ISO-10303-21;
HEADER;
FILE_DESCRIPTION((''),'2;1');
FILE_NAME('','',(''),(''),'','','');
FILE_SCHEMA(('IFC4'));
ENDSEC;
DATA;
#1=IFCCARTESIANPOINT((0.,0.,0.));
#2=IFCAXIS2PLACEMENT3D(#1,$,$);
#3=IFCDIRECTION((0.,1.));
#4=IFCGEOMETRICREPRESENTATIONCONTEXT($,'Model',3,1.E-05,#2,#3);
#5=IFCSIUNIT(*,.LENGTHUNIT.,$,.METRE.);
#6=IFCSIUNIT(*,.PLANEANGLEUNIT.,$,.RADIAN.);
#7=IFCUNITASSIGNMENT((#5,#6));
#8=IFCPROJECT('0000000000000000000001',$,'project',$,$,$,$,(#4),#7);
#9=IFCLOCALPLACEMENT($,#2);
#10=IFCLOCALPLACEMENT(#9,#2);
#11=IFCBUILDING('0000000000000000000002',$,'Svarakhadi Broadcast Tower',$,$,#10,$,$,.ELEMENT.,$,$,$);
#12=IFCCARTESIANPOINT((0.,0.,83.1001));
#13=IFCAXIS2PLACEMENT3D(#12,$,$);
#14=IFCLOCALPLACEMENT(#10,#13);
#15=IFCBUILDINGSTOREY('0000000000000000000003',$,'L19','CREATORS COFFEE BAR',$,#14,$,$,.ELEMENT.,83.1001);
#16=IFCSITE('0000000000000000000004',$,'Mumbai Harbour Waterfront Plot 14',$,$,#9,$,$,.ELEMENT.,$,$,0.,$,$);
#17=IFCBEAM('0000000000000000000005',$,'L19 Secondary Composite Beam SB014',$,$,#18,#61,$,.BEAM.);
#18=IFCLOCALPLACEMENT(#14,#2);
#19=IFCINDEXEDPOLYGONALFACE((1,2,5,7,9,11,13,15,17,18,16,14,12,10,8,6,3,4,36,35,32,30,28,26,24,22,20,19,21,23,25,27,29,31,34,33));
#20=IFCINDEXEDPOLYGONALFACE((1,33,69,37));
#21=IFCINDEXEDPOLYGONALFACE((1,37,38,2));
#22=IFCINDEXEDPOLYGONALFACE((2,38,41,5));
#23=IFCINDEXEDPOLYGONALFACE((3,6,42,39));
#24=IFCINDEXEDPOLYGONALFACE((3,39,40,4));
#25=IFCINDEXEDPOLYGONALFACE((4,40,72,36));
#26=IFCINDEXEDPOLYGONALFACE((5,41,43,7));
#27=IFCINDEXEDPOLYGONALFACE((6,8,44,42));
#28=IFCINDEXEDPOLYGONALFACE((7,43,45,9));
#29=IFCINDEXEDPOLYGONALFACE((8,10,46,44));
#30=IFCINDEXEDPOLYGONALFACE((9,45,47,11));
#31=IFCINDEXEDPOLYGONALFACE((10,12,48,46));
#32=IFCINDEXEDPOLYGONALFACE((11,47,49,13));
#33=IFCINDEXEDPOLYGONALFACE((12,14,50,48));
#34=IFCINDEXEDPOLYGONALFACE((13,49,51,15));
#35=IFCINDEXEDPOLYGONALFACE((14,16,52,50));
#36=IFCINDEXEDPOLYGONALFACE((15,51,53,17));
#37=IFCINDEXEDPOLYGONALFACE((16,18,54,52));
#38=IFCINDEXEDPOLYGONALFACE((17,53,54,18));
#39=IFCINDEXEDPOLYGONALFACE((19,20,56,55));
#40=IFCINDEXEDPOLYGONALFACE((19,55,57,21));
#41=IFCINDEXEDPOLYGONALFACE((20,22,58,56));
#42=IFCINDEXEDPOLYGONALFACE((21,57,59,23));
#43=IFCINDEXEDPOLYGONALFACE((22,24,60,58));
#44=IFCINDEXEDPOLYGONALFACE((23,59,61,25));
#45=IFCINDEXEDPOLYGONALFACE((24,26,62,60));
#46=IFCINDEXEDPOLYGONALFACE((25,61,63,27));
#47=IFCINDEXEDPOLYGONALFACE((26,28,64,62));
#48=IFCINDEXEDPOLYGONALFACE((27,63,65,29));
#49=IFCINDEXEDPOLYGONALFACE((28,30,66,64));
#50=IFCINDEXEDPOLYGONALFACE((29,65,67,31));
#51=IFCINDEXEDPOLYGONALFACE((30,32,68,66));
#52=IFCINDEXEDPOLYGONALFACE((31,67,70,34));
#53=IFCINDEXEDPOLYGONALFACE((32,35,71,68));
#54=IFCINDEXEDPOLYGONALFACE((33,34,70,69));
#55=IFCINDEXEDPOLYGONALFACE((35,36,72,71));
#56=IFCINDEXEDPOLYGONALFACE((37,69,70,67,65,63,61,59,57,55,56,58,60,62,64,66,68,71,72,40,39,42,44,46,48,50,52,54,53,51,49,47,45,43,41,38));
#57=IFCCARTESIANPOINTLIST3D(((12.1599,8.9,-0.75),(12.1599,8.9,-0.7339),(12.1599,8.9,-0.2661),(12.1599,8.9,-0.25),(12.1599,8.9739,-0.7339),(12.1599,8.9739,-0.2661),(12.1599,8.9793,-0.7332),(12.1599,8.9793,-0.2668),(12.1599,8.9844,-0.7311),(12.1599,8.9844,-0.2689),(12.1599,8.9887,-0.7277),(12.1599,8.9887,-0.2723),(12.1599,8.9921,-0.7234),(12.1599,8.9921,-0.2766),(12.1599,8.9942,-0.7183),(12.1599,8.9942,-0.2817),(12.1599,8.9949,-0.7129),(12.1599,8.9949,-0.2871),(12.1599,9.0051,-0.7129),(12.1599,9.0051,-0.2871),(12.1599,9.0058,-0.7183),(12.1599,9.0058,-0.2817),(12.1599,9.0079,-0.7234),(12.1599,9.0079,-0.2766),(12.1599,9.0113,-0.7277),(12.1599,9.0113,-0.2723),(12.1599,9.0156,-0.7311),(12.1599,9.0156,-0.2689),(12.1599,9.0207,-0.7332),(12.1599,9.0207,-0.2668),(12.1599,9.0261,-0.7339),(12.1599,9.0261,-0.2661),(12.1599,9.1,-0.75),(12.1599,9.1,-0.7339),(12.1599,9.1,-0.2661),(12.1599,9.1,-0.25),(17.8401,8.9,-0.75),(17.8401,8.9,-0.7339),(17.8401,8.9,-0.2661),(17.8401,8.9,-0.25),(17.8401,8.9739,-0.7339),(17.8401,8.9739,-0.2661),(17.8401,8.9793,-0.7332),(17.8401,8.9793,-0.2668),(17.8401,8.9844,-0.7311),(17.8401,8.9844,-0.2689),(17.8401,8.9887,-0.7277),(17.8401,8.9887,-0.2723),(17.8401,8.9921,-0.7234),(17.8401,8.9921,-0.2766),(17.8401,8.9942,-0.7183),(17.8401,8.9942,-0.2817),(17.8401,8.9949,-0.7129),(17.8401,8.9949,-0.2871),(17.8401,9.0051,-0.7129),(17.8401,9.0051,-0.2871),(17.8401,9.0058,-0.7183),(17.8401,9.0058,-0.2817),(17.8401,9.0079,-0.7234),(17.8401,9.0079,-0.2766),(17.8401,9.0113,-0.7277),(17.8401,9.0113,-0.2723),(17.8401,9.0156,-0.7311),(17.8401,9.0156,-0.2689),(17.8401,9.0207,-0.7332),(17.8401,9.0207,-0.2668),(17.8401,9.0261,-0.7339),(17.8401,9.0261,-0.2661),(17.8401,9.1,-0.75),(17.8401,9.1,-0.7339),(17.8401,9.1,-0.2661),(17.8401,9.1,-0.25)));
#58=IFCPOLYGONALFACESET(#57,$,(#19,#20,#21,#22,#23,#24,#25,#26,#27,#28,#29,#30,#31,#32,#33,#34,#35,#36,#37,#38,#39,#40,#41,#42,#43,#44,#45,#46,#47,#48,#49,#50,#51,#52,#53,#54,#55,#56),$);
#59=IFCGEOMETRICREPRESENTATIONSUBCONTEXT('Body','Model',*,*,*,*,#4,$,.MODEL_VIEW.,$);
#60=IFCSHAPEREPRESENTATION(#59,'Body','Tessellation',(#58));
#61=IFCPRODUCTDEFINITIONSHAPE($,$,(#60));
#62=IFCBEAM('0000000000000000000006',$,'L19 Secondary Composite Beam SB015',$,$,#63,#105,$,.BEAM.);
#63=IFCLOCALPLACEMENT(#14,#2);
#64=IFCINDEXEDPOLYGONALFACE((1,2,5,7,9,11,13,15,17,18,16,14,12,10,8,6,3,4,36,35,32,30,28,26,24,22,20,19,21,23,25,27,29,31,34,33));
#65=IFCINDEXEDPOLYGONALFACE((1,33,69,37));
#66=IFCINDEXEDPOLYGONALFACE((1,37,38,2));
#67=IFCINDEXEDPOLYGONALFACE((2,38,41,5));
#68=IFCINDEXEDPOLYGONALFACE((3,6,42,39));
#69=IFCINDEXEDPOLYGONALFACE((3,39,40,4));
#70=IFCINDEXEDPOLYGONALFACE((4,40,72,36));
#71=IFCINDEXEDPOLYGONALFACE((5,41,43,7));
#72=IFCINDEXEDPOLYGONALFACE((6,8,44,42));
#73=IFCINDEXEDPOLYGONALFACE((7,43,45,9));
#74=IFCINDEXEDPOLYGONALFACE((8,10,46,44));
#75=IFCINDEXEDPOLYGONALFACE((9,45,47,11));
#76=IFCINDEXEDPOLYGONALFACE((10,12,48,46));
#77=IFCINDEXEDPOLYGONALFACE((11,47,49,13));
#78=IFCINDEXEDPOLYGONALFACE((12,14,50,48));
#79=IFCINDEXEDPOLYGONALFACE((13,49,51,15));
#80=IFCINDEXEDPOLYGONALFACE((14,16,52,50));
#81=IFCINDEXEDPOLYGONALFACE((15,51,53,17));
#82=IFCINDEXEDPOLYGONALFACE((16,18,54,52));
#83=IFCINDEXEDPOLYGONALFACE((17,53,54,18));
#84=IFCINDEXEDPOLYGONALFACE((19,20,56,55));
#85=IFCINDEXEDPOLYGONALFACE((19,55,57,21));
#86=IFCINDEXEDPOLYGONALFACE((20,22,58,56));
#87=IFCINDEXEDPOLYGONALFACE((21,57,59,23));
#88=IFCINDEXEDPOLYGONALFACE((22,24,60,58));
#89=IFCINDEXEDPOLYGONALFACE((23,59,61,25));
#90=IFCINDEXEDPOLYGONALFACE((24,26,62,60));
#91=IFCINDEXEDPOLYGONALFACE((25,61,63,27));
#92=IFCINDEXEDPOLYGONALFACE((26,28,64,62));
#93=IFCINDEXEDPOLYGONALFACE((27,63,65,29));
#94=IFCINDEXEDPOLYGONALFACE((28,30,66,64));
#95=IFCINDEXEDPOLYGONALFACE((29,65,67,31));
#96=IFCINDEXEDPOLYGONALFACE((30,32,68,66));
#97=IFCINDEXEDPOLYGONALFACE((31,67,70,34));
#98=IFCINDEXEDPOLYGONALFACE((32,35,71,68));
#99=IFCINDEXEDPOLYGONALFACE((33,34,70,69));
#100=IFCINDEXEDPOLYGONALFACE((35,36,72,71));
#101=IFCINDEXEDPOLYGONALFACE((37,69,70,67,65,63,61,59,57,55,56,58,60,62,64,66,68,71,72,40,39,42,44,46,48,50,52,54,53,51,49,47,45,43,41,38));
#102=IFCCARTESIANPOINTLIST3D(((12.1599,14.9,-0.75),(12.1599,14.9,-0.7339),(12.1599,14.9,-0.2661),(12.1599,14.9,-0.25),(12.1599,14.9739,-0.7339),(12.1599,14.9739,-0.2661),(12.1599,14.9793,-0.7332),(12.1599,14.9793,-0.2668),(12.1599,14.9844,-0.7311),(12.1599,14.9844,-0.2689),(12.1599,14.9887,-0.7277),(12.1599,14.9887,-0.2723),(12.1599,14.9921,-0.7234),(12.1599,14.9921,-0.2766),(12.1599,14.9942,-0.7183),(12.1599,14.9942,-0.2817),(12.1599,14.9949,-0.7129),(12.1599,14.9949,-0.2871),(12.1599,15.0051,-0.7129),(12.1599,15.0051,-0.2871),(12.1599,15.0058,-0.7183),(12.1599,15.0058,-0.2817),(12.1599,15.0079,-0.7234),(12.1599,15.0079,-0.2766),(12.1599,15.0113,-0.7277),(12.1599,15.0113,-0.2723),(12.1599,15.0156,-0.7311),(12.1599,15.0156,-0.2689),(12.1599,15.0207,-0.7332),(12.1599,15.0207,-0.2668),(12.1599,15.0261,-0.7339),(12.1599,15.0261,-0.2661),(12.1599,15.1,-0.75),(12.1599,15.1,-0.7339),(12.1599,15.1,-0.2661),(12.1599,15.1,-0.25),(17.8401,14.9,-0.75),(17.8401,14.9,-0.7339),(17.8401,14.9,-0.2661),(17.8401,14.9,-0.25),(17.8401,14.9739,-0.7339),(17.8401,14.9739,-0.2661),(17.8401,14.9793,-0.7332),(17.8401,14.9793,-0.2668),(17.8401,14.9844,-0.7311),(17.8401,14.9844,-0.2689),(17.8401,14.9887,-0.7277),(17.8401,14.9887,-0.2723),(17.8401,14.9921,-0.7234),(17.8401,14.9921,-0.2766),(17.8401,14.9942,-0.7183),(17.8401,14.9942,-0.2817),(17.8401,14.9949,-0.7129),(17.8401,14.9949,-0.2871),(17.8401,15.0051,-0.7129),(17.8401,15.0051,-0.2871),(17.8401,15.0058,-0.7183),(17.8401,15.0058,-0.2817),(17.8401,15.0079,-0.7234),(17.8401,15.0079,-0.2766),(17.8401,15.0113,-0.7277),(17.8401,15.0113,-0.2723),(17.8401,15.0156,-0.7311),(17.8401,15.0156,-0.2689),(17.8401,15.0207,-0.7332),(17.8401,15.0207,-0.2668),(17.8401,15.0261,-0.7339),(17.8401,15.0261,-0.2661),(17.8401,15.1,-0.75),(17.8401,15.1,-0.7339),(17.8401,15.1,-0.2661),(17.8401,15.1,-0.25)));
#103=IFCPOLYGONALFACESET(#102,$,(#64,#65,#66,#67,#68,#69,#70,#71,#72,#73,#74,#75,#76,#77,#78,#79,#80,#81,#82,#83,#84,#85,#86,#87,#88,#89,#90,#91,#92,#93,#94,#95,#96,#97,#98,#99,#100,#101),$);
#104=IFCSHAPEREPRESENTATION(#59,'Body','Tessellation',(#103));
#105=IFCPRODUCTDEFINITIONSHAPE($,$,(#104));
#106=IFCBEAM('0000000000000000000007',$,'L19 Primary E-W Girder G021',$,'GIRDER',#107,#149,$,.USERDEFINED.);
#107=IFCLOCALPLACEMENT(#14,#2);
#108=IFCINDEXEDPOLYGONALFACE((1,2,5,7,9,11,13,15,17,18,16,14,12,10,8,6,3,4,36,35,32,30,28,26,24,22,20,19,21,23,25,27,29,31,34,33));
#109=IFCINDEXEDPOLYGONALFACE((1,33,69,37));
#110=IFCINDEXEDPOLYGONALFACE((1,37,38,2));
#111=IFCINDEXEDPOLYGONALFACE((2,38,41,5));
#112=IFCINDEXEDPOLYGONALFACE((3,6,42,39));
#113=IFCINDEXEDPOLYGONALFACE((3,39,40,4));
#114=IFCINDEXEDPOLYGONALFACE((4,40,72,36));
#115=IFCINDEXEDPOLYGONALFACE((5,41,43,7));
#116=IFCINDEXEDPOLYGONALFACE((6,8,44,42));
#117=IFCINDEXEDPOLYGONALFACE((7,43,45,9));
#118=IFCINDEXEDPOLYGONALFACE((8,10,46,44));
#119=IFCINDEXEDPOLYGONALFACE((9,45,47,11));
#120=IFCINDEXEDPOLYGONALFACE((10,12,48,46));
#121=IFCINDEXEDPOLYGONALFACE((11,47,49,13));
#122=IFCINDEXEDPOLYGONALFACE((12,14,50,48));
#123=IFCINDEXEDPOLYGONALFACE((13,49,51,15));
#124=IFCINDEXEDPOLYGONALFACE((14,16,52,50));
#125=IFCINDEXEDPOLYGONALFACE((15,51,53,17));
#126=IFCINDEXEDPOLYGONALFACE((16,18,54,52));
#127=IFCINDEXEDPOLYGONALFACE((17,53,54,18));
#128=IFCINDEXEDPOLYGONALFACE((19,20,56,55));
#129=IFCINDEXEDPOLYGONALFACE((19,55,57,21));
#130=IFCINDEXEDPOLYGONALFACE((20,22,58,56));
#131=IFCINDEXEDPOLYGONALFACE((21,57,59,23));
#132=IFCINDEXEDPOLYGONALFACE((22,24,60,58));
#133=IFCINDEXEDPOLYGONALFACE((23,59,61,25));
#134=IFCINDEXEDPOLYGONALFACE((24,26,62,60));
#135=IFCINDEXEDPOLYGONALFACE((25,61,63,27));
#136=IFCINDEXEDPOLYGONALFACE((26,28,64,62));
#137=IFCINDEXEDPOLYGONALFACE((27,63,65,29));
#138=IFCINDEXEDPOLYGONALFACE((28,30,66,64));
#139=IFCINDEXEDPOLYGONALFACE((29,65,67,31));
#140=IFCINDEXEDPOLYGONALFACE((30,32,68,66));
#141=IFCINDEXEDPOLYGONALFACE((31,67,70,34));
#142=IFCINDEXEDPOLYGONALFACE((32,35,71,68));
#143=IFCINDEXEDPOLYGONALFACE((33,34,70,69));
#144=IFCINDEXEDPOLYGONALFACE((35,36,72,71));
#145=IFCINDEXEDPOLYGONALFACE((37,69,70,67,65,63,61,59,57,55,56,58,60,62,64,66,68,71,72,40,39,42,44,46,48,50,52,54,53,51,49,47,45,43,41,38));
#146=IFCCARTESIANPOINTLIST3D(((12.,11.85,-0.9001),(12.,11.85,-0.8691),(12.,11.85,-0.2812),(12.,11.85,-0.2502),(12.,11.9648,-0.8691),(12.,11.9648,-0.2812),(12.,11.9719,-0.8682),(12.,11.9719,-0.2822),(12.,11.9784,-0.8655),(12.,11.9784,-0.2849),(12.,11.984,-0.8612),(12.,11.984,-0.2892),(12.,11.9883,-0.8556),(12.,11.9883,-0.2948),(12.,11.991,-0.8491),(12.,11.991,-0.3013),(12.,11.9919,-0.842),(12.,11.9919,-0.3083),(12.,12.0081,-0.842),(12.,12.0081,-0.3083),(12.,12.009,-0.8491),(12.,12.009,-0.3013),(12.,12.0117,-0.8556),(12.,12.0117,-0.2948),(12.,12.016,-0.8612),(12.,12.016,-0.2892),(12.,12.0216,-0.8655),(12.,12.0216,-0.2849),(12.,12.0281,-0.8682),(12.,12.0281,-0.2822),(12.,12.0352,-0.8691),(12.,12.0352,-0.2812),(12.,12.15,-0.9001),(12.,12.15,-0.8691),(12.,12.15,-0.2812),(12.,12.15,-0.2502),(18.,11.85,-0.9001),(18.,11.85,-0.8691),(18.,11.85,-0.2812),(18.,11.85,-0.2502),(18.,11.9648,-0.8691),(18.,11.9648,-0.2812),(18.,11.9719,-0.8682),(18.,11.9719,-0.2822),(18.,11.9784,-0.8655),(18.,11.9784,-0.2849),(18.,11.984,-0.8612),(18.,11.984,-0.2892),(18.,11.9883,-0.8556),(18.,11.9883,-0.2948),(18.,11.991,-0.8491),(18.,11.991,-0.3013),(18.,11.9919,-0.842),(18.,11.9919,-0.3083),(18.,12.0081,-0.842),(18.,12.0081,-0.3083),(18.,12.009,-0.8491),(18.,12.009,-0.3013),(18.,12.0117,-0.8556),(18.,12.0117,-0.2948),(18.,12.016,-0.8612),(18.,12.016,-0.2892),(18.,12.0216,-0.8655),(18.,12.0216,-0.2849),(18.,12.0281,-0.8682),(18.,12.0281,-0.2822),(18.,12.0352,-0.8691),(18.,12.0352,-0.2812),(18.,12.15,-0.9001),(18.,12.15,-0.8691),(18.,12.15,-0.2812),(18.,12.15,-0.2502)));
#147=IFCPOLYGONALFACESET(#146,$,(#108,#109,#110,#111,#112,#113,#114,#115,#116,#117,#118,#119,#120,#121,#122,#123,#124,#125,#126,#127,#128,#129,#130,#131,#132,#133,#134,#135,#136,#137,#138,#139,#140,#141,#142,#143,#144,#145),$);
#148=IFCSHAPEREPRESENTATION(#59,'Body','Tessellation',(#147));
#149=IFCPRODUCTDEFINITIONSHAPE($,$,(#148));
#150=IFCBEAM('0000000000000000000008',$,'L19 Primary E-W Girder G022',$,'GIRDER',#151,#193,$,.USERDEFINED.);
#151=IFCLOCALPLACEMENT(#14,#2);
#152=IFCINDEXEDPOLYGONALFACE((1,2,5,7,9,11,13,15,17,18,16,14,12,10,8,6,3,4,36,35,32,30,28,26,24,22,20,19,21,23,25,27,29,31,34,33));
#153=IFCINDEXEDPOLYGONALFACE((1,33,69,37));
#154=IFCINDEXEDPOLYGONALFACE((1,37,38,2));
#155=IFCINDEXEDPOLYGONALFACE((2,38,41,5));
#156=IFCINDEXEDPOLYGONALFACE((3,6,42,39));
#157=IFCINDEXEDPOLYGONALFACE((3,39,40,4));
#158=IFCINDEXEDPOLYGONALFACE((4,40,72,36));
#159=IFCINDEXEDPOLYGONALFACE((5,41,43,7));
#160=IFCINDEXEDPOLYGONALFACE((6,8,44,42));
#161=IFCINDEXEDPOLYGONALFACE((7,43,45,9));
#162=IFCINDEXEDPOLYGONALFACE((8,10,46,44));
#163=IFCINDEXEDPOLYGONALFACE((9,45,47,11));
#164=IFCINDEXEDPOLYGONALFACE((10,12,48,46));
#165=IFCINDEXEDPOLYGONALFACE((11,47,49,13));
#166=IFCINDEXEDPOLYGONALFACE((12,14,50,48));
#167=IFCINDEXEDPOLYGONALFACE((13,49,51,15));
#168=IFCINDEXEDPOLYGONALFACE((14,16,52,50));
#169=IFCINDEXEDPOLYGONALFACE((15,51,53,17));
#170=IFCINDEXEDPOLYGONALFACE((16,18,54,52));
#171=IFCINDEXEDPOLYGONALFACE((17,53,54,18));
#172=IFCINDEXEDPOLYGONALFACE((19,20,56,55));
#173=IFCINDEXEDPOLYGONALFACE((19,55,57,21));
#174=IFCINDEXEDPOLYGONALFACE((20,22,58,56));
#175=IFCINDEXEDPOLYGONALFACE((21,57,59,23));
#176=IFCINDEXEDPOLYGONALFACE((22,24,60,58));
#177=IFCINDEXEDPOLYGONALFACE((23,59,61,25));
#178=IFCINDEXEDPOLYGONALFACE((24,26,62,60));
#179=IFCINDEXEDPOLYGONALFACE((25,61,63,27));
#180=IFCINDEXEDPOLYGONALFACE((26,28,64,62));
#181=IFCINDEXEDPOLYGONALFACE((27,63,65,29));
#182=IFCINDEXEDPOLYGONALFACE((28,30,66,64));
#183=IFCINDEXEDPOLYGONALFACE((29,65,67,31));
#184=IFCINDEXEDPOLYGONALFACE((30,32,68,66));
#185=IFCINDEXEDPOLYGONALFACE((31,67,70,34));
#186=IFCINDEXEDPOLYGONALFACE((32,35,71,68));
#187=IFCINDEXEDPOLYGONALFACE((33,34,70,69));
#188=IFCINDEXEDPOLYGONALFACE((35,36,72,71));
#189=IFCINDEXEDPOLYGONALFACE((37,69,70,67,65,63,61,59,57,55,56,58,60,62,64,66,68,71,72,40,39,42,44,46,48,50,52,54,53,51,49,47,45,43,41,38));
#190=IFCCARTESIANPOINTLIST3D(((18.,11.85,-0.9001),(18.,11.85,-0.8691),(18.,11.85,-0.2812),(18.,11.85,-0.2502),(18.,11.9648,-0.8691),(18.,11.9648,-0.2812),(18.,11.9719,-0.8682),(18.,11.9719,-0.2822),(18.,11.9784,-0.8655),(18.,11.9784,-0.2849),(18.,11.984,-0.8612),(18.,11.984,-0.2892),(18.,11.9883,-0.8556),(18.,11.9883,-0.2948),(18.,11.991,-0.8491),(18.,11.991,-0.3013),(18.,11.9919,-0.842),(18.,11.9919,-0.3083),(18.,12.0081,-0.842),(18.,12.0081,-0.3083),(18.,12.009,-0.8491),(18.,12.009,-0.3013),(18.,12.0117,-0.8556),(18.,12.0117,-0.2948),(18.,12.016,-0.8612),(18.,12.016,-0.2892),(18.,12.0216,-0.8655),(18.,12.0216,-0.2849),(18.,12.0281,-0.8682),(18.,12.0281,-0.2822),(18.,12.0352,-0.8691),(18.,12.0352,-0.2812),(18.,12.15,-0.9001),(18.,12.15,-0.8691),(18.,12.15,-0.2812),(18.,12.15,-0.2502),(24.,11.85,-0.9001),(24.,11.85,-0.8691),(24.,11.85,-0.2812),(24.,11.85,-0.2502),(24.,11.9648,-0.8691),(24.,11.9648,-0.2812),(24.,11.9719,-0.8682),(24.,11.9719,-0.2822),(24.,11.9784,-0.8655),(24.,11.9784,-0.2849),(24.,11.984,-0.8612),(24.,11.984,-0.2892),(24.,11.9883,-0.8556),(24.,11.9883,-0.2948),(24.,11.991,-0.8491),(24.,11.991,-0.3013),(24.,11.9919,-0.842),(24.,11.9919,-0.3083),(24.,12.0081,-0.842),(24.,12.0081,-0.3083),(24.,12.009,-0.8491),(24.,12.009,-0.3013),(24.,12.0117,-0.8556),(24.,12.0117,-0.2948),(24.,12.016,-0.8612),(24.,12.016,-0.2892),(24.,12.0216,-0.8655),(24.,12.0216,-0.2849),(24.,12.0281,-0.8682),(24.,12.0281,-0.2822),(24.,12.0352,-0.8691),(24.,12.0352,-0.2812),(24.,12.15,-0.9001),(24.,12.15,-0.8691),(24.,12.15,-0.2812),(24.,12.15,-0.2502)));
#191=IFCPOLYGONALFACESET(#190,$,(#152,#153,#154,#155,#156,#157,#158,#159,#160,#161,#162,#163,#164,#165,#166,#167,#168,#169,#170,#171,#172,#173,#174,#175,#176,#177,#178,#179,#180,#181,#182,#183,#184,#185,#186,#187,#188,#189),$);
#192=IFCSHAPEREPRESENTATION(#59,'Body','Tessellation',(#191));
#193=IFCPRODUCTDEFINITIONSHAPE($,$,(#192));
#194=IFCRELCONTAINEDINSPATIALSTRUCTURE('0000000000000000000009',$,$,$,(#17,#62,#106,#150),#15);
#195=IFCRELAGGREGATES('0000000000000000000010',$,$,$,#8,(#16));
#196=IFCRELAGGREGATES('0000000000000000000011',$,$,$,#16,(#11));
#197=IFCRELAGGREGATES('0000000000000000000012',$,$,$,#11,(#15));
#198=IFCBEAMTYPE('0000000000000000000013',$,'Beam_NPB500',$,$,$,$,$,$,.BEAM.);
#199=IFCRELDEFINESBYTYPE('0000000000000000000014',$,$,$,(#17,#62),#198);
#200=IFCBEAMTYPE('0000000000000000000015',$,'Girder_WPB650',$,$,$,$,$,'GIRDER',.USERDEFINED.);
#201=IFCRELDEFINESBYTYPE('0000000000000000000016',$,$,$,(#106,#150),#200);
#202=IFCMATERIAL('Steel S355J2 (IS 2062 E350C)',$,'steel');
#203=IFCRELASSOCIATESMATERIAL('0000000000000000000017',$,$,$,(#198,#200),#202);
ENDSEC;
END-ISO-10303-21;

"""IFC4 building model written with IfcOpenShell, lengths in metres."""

from ifc_helpers import new_model, si_unit, direction, frame, origin, origin_2d, place, context, subcontext, project, spatial, i_section, extrude, material, material_profile, profile_set, type_object, element, save


model = new_model("IFC4")

# Units and contexts
model_context = context("Model", 3, precision=1e-05, world=origin(), true_north=direction((0.0, 1.0)))
body_context = subcontext(model_context, "Body", "Model", "MODEL_VIEW")
ifc_project = project(units=[si_unit("LENGTHUNIT", "METRE"), si_unit("PLANEANGLEUNIT", "RADIAN")], contexts=[model_context])

# Site, building, storey
site_placement = place(None, origin())
site = spatial("IfcSite", under=ifc_project, at=site_placement, Name="Mumbai Harbour Waterfront Plot 14", CompositionType="ELEMENT", RefElevation=0.0)
building_placement = place(site_placement, origin())
building = spatial("IfcBuilding", under=site, at=building_placement, Name="Svarakhadi Broadcast Tower", CompositionType="ELEMENT")
storey_placement = place(building_placement, frame((0.0, 0.0, 83.1001)))
storey = spatial("IfcBuildingStorey", under=building, at=storey_placement, Name="L19", Description="CREATORS COFFEE BAR", CompositionType="ELEMENT", Elevation=83.1001)

# Beams
ifc_material_1 = material(Name="Steel S355J2 (IS 2062 E350C)", Category="steel")
ifc_material_profile_1 = material_profile(ifc_material_1, i_section(OverallWidth=0.2, OverallDepth=0.5, WebThickness=0.0103, FlangeThickness=0.0161, FilletRadius=0.021, at=origin_2d()), Name="NPB 500x200x91")
ifc_profile_set_1 = profile_set([ifc_material_profile_1], Name="Steel S355J2 (IS 2062 E350C)")
beam_type_1 = type_object("IfcBeamType", Name="Beam_NPB500", PredefinedType="BEAM", material=ifc_profile_set_1)
for number, where, z_axis, x_axis, name in (
    (1, (12.1599, 9.0, -0.5), (1.0, 0.0, 0.0), (0.0, 1.0, 0.0), "L19 Secondary Composite Beam SB014"),
    (2, (12.1599, 15.0, -0.5), (1.0, 0.0, 0.0), (0.0, 1.0, 0.0), "L19 Secondary Composite Beam SB015"),
):
    element("IfcBeam", number, at=place(storey_placement, frame(where, z_axis=z_axis, x_axis=x_axis)), inside=storey, type_object=beam_type_1, Name=name, PredefinedType="BEAM", context=body_context, shape_type="SweptSolid", body=[
        extrude(i_section(OverallWidth=0.2, OverallDepth=0.5, WebThickness=0.0103, FlangeThickness=0.0161, FilletRadius=0.021, at=origin_2d()), origin(), (0.0, 0.0, 1.0), 5.6802),
    ])
ifc_material_profile_2 = material_profile(ifc_material_1, i_section(OverallWidth=0.3, OverallDepth=0.6499, WebThickness=0.0161, FlangeThickness=0.031, FilletRadius=0.0271, at=origin_2d()), Name="WPB 650x300x225")
ifc_profile_set_2 = profile_set([ifc_material_profile_2], Name="Steel S355J2 (IS 2062 E350C)")
beam_type_2 = type_object("IfcBeamType", Name="Girder_WPB650", ElementType="GIRDER", PredefinedType="USERDEFINED", material=ifc_profile_set_2)
for number, where, z_axis, x_axis, name in (
    (3, (12.0, 12.0, -0.5752), (1.0, 0.0, 0.0), (0.0, 1.0, 0.0), "L19 Primary E-W Girder G021"),
    (4, (18.0, 12.0, -0.5752), (1.0, 0.0, 0.0), (0.0, 1.0, 0.0), "L19 Primary E-W Girder G022"),
):
    element("IfcBeam", number, at=place(storey_placement, frame(where, z_axis=z_axis, x_axis=x_axis)), inside=storey, type_object=beam_type_2, Name=name, ObjectType="GIRDER", PredefinedType="USERDEFINED", context=body_context, shape_type="SweptSolid", body=[
        extrude(i_section(OverallWidth=0.3, OverallDepth=0.6499, WebThickness=0.0161, FlangeThickness=0.031, FilletRadius=0.0271, at=origin_2d()), origin(), (0.0, 0.0, 1.0), 6.0),
    ])

save(model, "model.ifc")
